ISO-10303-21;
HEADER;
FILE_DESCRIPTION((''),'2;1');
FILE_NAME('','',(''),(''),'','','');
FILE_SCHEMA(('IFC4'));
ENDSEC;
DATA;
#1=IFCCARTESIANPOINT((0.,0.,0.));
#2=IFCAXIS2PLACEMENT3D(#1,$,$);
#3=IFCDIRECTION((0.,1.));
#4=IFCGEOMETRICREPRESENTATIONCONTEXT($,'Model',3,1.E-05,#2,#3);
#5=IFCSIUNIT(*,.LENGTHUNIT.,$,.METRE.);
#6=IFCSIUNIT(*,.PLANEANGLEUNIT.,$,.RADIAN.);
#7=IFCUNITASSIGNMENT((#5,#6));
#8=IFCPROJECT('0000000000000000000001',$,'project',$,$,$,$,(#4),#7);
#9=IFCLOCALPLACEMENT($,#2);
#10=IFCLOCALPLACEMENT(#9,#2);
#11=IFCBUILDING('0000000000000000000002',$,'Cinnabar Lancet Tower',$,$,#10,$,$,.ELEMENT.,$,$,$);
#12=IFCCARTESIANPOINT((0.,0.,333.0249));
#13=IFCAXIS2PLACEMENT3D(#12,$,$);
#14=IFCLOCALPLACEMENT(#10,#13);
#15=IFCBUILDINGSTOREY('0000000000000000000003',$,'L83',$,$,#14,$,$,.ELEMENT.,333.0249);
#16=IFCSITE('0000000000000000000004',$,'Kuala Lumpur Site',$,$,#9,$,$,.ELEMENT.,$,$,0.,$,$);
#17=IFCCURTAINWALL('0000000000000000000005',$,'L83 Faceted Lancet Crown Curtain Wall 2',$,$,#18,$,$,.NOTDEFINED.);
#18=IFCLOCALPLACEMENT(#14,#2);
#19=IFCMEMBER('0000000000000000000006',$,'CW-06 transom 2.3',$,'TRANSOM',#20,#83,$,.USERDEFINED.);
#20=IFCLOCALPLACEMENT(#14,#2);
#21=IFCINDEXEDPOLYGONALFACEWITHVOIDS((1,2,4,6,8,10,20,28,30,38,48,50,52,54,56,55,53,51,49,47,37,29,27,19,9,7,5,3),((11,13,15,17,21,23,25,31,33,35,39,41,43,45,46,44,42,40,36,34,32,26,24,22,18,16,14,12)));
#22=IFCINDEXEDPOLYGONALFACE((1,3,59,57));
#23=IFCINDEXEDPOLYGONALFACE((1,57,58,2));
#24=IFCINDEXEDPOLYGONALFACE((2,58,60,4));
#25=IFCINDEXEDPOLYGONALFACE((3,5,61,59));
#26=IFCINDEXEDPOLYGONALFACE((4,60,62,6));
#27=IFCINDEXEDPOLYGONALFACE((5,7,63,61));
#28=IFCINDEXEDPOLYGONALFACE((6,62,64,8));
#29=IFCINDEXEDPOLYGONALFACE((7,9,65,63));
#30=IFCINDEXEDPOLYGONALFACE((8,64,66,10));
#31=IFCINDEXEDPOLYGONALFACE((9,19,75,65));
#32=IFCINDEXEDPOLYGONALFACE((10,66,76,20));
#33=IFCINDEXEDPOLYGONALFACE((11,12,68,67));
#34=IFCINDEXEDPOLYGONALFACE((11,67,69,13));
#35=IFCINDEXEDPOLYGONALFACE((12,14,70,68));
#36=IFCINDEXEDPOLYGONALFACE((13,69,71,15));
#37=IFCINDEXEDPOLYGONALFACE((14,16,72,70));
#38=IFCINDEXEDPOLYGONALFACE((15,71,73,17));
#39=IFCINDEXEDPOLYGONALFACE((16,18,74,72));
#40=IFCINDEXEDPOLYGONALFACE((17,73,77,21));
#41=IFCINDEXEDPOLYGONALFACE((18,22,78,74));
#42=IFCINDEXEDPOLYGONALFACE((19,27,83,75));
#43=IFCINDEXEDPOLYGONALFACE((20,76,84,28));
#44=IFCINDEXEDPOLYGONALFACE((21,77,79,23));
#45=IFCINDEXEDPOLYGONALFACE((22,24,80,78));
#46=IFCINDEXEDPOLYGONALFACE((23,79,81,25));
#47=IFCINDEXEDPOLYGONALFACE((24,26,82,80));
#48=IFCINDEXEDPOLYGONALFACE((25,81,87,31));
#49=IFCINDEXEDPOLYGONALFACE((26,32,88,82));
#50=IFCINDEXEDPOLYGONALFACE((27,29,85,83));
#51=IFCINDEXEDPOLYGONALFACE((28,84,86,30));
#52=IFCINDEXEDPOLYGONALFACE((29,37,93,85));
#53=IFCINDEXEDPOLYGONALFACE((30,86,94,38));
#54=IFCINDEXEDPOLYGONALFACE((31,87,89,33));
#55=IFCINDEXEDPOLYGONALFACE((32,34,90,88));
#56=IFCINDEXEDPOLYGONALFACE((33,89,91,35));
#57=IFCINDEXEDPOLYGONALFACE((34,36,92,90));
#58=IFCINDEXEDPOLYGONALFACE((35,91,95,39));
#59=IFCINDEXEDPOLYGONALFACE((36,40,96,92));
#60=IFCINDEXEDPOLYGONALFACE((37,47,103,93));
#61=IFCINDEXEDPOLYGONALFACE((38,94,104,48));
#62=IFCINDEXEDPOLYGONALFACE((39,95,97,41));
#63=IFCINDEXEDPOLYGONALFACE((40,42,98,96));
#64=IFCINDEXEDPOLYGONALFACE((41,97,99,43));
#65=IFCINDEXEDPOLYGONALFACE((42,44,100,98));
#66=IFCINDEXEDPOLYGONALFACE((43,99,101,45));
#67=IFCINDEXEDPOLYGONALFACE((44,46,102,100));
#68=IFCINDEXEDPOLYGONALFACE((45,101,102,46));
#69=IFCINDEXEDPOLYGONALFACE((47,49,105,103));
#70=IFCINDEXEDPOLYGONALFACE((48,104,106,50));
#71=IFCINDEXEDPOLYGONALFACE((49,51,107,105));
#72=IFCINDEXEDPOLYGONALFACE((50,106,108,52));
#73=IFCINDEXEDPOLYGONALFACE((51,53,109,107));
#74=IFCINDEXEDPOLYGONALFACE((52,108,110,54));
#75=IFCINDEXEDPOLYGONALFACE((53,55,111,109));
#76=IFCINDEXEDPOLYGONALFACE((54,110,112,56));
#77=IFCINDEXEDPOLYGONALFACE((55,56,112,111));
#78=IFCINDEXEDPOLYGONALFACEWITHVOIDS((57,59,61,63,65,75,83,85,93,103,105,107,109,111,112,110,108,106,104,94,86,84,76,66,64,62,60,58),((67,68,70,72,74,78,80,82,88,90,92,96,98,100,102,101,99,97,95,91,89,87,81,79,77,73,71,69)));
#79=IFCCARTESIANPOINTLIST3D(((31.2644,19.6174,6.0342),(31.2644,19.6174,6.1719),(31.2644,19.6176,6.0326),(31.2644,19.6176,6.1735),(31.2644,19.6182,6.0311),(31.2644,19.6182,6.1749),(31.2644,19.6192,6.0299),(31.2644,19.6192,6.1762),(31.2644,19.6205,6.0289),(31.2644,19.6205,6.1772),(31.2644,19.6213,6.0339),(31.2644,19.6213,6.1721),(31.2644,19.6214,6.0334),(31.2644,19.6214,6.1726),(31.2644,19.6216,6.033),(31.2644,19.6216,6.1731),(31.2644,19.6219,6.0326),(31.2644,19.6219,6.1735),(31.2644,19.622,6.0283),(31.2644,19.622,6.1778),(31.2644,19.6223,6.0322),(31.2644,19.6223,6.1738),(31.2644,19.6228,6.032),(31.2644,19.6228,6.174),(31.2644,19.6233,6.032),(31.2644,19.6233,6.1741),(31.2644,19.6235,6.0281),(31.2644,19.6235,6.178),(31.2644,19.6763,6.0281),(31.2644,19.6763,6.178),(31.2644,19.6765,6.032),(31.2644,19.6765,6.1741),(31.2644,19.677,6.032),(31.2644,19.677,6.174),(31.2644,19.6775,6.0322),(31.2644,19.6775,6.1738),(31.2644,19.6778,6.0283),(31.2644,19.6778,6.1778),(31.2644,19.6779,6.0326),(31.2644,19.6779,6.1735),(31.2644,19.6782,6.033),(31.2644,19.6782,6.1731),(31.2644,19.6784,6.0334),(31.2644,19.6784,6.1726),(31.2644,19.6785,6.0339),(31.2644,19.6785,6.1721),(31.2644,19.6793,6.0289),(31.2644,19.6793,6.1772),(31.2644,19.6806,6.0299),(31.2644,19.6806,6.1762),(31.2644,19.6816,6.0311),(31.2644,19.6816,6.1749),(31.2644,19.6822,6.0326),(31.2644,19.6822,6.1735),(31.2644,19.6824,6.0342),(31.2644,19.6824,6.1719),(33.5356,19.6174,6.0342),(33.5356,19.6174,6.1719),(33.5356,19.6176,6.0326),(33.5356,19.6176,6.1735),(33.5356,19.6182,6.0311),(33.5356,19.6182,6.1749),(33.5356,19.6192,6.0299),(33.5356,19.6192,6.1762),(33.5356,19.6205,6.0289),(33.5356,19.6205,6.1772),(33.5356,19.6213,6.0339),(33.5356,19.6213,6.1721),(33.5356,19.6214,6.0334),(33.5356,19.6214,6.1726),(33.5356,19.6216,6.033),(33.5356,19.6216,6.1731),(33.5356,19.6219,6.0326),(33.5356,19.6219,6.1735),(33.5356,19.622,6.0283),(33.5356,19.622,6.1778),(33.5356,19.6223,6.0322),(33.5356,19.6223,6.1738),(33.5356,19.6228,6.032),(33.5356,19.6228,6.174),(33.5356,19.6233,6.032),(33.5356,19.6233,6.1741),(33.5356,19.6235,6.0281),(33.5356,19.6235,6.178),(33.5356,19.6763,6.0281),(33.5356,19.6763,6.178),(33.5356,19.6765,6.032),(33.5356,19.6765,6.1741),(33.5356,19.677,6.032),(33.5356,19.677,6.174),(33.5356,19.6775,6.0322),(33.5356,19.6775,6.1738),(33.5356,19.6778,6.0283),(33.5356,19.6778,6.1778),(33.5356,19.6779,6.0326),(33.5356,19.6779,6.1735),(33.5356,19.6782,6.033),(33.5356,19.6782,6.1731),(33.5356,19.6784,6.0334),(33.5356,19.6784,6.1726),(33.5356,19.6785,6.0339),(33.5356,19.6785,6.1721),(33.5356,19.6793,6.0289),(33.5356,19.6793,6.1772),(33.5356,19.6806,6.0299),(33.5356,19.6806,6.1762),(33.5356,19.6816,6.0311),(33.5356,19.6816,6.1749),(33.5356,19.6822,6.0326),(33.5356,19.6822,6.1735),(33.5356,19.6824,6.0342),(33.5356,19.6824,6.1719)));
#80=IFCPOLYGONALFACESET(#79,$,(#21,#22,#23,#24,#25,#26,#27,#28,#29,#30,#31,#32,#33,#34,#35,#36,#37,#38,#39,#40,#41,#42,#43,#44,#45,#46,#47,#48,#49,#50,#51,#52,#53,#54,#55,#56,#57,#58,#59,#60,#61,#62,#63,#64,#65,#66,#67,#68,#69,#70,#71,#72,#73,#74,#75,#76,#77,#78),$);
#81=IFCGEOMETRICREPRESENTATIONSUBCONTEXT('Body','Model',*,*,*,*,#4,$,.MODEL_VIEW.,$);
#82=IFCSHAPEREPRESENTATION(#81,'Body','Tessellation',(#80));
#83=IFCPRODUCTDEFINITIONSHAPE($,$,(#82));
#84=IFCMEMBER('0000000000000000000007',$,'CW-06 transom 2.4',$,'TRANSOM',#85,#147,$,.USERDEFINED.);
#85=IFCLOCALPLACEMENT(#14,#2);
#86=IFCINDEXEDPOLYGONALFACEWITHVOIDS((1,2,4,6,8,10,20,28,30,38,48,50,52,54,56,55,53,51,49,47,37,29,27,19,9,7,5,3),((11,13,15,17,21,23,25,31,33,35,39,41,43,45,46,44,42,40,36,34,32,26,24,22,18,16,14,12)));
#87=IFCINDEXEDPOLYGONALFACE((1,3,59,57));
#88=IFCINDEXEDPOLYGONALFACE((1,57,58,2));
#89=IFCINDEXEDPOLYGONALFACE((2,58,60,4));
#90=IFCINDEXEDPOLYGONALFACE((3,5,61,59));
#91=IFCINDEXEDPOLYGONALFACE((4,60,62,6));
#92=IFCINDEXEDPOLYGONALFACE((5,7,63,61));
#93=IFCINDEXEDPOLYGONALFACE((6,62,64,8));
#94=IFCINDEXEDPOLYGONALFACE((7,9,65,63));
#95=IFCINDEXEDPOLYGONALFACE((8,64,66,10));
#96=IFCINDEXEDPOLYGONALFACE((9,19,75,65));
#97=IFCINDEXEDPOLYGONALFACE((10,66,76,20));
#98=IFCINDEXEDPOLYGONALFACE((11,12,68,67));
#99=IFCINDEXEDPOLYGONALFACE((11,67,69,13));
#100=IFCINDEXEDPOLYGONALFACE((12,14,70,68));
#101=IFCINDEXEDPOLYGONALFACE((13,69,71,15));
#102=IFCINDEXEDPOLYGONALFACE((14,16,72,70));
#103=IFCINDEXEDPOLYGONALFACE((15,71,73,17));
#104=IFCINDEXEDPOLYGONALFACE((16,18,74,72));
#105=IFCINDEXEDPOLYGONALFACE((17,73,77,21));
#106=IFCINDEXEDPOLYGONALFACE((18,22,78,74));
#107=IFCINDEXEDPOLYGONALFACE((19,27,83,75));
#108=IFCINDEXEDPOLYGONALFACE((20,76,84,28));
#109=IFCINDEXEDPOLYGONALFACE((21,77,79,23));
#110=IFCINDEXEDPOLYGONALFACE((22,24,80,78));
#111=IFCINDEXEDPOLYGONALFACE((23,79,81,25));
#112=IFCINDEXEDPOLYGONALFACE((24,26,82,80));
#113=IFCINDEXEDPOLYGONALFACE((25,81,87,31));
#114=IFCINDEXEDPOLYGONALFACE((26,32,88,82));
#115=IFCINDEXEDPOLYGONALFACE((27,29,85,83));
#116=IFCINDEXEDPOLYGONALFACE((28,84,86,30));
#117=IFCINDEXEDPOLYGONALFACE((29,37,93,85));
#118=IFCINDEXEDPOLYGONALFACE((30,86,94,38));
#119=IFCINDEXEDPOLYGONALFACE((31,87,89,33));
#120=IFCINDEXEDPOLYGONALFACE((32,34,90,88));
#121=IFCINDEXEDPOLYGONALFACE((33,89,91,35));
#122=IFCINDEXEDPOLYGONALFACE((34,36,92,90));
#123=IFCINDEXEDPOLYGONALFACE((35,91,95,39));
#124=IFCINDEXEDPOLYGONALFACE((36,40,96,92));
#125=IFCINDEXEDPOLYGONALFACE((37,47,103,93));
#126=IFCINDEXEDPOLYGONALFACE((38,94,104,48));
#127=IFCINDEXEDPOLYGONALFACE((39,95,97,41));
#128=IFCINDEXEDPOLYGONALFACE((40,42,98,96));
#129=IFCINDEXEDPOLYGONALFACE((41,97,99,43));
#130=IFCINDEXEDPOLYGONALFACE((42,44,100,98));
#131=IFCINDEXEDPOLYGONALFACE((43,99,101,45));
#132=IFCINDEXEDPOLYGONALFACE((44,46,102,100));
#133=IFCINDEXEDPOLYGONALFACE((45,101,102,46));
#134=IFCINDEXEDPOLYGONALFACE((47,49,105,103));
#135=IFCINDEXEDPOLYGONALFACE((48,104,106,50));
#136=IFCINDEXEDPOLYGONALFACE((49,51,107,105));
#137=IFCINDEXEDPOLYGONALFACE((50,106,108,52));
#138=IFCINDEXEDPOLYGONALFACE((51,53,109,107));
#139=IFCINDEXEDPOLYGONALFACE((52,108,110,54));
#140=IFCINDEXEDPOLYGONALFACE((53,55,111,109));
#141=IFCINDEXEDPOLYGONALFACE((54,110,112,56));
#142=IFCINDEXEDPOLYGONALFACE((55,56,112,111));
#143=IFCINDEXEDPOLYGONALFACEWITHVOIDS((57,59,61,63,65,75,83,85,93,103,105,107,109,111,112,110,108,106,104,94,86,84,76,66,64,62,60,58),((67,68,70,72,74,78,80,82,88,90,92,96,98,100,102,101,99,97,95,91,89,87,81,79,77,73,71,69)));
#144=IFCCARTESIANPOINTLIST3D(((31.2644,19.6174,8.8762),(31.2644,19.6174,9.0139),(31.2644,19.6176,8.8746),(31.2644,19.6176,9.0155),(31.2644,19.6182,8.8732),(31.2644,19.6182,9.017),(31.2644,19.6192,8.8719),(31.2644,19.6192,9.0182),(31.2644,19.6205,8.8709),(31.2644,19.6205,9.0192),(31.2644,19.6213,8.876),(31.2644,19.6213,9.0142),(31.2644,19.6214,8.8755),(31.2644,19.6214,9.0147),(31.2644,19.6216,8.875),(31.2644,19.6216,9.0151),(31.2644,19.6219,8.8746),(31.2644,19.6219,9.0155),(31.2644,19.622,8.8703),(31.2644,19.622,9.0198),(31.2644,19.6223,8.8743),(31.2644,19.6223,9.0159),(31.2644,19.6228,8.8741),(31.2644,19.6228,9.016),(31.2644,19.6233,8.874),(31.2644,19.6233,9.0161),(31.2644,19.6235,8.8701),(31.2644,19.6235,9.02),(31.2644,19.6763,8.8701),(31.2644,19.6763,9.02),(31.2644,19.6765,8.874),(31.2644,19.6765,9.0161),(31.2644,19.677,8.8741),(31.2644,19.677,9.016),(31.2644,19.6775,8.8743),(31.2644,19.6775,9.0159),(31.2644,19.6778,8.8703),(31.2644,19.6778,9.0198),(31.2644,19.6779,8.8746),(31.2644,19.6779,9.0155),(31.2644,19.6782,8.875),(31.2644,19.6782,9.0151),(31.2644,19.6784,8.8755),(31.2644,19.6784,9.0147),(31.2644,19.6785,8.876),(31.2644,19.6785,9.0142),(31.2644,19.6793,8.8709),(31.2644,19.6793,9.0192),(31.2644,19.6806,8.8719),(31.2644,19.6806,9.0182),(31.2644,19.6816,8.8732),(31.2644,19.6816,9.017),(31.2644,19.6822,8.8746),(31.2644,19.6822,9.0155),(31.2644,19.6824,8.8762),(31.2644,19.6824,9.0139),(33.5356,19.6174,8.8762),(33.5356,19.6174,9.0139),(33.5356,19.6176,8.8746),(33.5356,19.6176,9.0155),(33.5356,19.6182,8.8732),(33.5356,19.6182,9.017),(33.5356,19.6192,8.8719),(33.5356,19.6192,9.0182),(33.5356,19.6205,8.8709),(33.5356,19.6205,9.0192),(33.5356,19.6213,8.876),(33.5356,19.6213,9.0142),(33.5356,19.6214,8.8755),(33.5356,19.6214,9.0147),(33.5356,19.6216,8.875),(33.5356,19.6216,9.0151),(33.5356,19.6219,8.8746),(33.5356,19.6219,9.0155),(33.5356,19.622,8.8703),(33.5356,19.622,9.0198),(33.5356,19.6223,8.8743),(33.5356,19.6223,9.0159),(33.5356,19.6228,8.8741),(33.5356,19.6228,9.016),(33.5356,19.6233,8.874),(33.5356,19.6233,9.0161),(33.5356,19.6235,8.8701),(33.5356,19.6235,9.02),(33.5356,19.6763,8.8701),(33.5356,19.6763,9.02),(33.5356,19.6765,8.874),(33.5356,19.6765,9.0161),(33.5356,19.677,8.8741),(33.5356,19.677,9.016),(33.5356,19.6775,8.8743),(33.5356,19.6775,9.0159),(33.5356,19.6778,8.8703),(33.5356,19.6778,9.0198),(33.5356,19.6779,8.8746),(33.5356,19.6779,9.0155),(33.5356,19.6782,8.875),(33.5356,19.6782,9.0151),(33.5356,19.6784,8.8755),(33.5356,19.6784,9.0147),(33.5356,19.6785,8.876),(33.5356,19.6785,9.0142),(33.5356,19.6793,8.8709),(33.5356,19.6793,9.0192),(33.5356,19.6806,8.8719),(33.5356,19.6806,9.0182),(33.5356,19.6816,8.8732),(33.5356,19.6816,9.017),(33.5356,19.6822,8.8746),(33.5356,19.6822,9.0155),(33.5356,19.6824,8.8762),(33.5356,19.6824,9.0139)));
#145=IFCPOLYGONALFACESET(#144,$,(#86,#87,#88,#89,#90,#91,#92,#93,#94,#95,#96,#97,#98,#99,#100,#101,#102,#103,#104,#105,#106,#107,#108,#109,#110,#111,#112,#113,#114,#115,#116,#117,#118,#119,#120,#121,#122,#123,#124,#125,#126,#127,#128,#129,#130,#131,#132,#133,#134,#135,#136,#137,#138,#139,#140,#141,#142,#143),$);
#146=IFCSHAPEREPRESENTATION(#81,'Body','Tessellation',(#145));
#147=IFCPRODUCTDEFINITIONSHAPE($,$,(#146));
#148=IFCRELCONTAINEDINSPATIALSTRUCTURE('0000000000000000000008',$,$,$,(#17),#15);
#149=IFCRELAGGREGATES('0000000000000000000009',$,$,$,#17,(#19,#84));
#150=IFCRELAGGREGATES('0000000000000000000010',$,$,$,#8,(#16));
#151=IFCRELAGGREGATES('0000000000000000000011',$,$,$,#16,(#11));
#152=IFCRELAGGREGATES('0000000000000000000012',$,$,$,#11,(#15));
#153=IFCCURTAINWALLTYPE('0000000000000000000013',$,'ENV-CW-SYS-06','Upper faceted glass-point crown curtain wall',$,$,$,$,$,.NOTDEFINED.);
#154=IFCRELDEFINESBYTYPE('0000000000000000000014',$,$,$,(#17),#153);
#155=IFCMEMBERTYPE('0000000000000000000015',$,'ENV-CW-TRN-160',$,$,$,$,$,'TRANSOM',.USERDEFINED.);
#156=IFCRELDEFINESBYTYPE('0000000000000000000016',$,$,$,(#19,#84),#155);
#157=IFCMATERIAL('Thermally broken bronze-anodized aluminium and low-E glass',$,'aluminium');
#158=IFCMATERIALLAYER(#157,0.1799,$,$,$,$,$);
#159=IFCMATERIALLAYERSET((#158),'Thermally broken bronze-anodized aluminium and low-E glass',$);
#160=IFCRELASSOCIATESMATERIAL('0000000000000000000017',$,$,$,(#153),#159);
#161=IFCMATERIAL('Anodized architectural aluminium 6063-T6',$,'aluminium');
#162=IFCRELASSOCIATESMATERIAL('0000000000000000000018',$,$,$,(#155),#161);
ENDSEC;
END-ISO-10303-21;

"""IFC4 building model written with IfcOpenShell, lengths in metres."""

from ifc_helpers import new_model, si_unit, direction, frame, origin, origin_2d, place, context, subcontext, project, spatial, hollow_rectangle, extrude, material, layer, layer_set, material_profile, profile_set, type_object, element, aggregate, save


model = new_model("IFC4")

# Units and contexts
model_context = context("Model", 3, precision=1e-05, world=origin(), true_north=direction((0.0, 1.0)))
body_context = subcontext(model_context, "Body", "Model", "MODEL_VIEW")
ifc_project = project(units=[si_unit("LENGTHUNIT", "METRE"), si_unit("PLANEANGLEUNIT", "RADIAN")], contexts=[model_context])

# Site, building, storey
site_placement = place(None, origin())
site = spatial("IfcSite", under=ifc_project, at=site_placement, Name="Kuala Lumpur Site", CompositionType="ELEMENT", RefElevation=0.0)
building_placement = place(site_placement, origin())
building = spatial("IfcBuilding", under=site, at=building_placement, Name="Cinnabar Lancet Tower", CompositionType="ELEMENT")
storey_placement = place(building_placement, frame((0.0, 0.0, 333.0249)))
storey = spatial("IfcBuildingStorey", under=building, at=storey_placement, Name="L83", CompositionType="ELEMENT", Elevation=333.0249)

# Curtain wall
ifc_material_1 = material(Name="Thermally broken bronze-anodized aluminium and low-E glass", Category="aluminium")
ifc_layer_1 = layer(ifc_material_1, 0.1799)
ifc_layer_set_1 = layer_set([ifc_layer_1], Name="Thermally broken bronze-anodized aluminium and low-E glass")
curtain_wall_type = type_object("IfcCurtainWallType", Name="ENV-CW-SYS-06", Description="Upper faceted glass-point crown curtain wall", PredefinedType="NOTDEFINED", material=ifc_layer_set_1)
curtain_wall_1_placement = place(storey_placement, origin())
curtain_wall_1 = element("IfcCurtainWall", 1, at=curtain_wall_1_placement, inside=storey, type_object=curtain_wall_type, Name="L83 Faceted Lancet Crown Curtain Wall 2", PredefinedType="NOTDEFINED")

# Members
ifc_material_2 = material(Name="Anodized architectural aluminium 6063-T6", Category="aluminium")
ifc_material_profile_1 = material_profile(ifc_material_2, hollow_rectangle(XDim=0.0649, YDim=0.1499, WallThickness=0.0039, InnerFilletRadius=0.002, OuterFilletRadius=0.0061, at=origin_2d()), Name="CW-TRN 150x65x4")
ifc_profile_set_1 = profile_set([ifc_material_profile_1], Name="Anodized architectural aluminium 6063-T6")
member_type_1 = type_object("IfcMemberType", Name="ENV-CW-TRN-160", ElementType="TRANSOM", PredefinedType="USERDEFINED", material=ifc_profile_set_1)
member_1_placement = place(storey_placement, frame((31.2644, 19.6499, 6.103), z_axis=(1.0, 0.0, 0.0), x_axis=(0.0, 1.0, 0.0)))
member_1 = element("IfcMember", 2, at=member_1_placement, type_object=member_type_1, Name="CW-06 transom 2.3", ObjectType="TRANSOM", PredefinedType="USERDEFINED", context=body_context, shape_type="SweptSolid", body=[
    extrude(hollow_rectangle(XDim=0.0649, YDim=0.1499, WallThickness=0.0039, InnerFilletRadius=0.002, OuterFilletRadius=0.0061, at=origin_2d()), origin(), (0.0, 0.0, 1.0), 2.2712),
])
member_2_placement = place(storey_placement, frame((31.2644, 19.6499, 8.9451), z_axis=(1.0, 0.0, 0.0), x_axis=(0.0, 1.0, 0.0)))
member_2 = element("IfcMember", 3, at=member_2_placement, type_object=member_type_1, Name="CW-06 transom 2.4", ObjectType="TRANSOM", PredefinedType="USERDEFINED", context=body_context, shape_type="SweptSolid", body=[
    extrude(hollow_rectangle(XDim=0.0649, YDim=0.1499, WallThickness=0.0039, InnerFilletRadius=0.002, OuterFilletRadius=0.0061, at=origin_2d()), origin(), (0.0, 0.0, 1.0), 2.2712),
])

aggregate(curtain_wall_1, [member_1, member_2])

save(model, "model.ifc")
